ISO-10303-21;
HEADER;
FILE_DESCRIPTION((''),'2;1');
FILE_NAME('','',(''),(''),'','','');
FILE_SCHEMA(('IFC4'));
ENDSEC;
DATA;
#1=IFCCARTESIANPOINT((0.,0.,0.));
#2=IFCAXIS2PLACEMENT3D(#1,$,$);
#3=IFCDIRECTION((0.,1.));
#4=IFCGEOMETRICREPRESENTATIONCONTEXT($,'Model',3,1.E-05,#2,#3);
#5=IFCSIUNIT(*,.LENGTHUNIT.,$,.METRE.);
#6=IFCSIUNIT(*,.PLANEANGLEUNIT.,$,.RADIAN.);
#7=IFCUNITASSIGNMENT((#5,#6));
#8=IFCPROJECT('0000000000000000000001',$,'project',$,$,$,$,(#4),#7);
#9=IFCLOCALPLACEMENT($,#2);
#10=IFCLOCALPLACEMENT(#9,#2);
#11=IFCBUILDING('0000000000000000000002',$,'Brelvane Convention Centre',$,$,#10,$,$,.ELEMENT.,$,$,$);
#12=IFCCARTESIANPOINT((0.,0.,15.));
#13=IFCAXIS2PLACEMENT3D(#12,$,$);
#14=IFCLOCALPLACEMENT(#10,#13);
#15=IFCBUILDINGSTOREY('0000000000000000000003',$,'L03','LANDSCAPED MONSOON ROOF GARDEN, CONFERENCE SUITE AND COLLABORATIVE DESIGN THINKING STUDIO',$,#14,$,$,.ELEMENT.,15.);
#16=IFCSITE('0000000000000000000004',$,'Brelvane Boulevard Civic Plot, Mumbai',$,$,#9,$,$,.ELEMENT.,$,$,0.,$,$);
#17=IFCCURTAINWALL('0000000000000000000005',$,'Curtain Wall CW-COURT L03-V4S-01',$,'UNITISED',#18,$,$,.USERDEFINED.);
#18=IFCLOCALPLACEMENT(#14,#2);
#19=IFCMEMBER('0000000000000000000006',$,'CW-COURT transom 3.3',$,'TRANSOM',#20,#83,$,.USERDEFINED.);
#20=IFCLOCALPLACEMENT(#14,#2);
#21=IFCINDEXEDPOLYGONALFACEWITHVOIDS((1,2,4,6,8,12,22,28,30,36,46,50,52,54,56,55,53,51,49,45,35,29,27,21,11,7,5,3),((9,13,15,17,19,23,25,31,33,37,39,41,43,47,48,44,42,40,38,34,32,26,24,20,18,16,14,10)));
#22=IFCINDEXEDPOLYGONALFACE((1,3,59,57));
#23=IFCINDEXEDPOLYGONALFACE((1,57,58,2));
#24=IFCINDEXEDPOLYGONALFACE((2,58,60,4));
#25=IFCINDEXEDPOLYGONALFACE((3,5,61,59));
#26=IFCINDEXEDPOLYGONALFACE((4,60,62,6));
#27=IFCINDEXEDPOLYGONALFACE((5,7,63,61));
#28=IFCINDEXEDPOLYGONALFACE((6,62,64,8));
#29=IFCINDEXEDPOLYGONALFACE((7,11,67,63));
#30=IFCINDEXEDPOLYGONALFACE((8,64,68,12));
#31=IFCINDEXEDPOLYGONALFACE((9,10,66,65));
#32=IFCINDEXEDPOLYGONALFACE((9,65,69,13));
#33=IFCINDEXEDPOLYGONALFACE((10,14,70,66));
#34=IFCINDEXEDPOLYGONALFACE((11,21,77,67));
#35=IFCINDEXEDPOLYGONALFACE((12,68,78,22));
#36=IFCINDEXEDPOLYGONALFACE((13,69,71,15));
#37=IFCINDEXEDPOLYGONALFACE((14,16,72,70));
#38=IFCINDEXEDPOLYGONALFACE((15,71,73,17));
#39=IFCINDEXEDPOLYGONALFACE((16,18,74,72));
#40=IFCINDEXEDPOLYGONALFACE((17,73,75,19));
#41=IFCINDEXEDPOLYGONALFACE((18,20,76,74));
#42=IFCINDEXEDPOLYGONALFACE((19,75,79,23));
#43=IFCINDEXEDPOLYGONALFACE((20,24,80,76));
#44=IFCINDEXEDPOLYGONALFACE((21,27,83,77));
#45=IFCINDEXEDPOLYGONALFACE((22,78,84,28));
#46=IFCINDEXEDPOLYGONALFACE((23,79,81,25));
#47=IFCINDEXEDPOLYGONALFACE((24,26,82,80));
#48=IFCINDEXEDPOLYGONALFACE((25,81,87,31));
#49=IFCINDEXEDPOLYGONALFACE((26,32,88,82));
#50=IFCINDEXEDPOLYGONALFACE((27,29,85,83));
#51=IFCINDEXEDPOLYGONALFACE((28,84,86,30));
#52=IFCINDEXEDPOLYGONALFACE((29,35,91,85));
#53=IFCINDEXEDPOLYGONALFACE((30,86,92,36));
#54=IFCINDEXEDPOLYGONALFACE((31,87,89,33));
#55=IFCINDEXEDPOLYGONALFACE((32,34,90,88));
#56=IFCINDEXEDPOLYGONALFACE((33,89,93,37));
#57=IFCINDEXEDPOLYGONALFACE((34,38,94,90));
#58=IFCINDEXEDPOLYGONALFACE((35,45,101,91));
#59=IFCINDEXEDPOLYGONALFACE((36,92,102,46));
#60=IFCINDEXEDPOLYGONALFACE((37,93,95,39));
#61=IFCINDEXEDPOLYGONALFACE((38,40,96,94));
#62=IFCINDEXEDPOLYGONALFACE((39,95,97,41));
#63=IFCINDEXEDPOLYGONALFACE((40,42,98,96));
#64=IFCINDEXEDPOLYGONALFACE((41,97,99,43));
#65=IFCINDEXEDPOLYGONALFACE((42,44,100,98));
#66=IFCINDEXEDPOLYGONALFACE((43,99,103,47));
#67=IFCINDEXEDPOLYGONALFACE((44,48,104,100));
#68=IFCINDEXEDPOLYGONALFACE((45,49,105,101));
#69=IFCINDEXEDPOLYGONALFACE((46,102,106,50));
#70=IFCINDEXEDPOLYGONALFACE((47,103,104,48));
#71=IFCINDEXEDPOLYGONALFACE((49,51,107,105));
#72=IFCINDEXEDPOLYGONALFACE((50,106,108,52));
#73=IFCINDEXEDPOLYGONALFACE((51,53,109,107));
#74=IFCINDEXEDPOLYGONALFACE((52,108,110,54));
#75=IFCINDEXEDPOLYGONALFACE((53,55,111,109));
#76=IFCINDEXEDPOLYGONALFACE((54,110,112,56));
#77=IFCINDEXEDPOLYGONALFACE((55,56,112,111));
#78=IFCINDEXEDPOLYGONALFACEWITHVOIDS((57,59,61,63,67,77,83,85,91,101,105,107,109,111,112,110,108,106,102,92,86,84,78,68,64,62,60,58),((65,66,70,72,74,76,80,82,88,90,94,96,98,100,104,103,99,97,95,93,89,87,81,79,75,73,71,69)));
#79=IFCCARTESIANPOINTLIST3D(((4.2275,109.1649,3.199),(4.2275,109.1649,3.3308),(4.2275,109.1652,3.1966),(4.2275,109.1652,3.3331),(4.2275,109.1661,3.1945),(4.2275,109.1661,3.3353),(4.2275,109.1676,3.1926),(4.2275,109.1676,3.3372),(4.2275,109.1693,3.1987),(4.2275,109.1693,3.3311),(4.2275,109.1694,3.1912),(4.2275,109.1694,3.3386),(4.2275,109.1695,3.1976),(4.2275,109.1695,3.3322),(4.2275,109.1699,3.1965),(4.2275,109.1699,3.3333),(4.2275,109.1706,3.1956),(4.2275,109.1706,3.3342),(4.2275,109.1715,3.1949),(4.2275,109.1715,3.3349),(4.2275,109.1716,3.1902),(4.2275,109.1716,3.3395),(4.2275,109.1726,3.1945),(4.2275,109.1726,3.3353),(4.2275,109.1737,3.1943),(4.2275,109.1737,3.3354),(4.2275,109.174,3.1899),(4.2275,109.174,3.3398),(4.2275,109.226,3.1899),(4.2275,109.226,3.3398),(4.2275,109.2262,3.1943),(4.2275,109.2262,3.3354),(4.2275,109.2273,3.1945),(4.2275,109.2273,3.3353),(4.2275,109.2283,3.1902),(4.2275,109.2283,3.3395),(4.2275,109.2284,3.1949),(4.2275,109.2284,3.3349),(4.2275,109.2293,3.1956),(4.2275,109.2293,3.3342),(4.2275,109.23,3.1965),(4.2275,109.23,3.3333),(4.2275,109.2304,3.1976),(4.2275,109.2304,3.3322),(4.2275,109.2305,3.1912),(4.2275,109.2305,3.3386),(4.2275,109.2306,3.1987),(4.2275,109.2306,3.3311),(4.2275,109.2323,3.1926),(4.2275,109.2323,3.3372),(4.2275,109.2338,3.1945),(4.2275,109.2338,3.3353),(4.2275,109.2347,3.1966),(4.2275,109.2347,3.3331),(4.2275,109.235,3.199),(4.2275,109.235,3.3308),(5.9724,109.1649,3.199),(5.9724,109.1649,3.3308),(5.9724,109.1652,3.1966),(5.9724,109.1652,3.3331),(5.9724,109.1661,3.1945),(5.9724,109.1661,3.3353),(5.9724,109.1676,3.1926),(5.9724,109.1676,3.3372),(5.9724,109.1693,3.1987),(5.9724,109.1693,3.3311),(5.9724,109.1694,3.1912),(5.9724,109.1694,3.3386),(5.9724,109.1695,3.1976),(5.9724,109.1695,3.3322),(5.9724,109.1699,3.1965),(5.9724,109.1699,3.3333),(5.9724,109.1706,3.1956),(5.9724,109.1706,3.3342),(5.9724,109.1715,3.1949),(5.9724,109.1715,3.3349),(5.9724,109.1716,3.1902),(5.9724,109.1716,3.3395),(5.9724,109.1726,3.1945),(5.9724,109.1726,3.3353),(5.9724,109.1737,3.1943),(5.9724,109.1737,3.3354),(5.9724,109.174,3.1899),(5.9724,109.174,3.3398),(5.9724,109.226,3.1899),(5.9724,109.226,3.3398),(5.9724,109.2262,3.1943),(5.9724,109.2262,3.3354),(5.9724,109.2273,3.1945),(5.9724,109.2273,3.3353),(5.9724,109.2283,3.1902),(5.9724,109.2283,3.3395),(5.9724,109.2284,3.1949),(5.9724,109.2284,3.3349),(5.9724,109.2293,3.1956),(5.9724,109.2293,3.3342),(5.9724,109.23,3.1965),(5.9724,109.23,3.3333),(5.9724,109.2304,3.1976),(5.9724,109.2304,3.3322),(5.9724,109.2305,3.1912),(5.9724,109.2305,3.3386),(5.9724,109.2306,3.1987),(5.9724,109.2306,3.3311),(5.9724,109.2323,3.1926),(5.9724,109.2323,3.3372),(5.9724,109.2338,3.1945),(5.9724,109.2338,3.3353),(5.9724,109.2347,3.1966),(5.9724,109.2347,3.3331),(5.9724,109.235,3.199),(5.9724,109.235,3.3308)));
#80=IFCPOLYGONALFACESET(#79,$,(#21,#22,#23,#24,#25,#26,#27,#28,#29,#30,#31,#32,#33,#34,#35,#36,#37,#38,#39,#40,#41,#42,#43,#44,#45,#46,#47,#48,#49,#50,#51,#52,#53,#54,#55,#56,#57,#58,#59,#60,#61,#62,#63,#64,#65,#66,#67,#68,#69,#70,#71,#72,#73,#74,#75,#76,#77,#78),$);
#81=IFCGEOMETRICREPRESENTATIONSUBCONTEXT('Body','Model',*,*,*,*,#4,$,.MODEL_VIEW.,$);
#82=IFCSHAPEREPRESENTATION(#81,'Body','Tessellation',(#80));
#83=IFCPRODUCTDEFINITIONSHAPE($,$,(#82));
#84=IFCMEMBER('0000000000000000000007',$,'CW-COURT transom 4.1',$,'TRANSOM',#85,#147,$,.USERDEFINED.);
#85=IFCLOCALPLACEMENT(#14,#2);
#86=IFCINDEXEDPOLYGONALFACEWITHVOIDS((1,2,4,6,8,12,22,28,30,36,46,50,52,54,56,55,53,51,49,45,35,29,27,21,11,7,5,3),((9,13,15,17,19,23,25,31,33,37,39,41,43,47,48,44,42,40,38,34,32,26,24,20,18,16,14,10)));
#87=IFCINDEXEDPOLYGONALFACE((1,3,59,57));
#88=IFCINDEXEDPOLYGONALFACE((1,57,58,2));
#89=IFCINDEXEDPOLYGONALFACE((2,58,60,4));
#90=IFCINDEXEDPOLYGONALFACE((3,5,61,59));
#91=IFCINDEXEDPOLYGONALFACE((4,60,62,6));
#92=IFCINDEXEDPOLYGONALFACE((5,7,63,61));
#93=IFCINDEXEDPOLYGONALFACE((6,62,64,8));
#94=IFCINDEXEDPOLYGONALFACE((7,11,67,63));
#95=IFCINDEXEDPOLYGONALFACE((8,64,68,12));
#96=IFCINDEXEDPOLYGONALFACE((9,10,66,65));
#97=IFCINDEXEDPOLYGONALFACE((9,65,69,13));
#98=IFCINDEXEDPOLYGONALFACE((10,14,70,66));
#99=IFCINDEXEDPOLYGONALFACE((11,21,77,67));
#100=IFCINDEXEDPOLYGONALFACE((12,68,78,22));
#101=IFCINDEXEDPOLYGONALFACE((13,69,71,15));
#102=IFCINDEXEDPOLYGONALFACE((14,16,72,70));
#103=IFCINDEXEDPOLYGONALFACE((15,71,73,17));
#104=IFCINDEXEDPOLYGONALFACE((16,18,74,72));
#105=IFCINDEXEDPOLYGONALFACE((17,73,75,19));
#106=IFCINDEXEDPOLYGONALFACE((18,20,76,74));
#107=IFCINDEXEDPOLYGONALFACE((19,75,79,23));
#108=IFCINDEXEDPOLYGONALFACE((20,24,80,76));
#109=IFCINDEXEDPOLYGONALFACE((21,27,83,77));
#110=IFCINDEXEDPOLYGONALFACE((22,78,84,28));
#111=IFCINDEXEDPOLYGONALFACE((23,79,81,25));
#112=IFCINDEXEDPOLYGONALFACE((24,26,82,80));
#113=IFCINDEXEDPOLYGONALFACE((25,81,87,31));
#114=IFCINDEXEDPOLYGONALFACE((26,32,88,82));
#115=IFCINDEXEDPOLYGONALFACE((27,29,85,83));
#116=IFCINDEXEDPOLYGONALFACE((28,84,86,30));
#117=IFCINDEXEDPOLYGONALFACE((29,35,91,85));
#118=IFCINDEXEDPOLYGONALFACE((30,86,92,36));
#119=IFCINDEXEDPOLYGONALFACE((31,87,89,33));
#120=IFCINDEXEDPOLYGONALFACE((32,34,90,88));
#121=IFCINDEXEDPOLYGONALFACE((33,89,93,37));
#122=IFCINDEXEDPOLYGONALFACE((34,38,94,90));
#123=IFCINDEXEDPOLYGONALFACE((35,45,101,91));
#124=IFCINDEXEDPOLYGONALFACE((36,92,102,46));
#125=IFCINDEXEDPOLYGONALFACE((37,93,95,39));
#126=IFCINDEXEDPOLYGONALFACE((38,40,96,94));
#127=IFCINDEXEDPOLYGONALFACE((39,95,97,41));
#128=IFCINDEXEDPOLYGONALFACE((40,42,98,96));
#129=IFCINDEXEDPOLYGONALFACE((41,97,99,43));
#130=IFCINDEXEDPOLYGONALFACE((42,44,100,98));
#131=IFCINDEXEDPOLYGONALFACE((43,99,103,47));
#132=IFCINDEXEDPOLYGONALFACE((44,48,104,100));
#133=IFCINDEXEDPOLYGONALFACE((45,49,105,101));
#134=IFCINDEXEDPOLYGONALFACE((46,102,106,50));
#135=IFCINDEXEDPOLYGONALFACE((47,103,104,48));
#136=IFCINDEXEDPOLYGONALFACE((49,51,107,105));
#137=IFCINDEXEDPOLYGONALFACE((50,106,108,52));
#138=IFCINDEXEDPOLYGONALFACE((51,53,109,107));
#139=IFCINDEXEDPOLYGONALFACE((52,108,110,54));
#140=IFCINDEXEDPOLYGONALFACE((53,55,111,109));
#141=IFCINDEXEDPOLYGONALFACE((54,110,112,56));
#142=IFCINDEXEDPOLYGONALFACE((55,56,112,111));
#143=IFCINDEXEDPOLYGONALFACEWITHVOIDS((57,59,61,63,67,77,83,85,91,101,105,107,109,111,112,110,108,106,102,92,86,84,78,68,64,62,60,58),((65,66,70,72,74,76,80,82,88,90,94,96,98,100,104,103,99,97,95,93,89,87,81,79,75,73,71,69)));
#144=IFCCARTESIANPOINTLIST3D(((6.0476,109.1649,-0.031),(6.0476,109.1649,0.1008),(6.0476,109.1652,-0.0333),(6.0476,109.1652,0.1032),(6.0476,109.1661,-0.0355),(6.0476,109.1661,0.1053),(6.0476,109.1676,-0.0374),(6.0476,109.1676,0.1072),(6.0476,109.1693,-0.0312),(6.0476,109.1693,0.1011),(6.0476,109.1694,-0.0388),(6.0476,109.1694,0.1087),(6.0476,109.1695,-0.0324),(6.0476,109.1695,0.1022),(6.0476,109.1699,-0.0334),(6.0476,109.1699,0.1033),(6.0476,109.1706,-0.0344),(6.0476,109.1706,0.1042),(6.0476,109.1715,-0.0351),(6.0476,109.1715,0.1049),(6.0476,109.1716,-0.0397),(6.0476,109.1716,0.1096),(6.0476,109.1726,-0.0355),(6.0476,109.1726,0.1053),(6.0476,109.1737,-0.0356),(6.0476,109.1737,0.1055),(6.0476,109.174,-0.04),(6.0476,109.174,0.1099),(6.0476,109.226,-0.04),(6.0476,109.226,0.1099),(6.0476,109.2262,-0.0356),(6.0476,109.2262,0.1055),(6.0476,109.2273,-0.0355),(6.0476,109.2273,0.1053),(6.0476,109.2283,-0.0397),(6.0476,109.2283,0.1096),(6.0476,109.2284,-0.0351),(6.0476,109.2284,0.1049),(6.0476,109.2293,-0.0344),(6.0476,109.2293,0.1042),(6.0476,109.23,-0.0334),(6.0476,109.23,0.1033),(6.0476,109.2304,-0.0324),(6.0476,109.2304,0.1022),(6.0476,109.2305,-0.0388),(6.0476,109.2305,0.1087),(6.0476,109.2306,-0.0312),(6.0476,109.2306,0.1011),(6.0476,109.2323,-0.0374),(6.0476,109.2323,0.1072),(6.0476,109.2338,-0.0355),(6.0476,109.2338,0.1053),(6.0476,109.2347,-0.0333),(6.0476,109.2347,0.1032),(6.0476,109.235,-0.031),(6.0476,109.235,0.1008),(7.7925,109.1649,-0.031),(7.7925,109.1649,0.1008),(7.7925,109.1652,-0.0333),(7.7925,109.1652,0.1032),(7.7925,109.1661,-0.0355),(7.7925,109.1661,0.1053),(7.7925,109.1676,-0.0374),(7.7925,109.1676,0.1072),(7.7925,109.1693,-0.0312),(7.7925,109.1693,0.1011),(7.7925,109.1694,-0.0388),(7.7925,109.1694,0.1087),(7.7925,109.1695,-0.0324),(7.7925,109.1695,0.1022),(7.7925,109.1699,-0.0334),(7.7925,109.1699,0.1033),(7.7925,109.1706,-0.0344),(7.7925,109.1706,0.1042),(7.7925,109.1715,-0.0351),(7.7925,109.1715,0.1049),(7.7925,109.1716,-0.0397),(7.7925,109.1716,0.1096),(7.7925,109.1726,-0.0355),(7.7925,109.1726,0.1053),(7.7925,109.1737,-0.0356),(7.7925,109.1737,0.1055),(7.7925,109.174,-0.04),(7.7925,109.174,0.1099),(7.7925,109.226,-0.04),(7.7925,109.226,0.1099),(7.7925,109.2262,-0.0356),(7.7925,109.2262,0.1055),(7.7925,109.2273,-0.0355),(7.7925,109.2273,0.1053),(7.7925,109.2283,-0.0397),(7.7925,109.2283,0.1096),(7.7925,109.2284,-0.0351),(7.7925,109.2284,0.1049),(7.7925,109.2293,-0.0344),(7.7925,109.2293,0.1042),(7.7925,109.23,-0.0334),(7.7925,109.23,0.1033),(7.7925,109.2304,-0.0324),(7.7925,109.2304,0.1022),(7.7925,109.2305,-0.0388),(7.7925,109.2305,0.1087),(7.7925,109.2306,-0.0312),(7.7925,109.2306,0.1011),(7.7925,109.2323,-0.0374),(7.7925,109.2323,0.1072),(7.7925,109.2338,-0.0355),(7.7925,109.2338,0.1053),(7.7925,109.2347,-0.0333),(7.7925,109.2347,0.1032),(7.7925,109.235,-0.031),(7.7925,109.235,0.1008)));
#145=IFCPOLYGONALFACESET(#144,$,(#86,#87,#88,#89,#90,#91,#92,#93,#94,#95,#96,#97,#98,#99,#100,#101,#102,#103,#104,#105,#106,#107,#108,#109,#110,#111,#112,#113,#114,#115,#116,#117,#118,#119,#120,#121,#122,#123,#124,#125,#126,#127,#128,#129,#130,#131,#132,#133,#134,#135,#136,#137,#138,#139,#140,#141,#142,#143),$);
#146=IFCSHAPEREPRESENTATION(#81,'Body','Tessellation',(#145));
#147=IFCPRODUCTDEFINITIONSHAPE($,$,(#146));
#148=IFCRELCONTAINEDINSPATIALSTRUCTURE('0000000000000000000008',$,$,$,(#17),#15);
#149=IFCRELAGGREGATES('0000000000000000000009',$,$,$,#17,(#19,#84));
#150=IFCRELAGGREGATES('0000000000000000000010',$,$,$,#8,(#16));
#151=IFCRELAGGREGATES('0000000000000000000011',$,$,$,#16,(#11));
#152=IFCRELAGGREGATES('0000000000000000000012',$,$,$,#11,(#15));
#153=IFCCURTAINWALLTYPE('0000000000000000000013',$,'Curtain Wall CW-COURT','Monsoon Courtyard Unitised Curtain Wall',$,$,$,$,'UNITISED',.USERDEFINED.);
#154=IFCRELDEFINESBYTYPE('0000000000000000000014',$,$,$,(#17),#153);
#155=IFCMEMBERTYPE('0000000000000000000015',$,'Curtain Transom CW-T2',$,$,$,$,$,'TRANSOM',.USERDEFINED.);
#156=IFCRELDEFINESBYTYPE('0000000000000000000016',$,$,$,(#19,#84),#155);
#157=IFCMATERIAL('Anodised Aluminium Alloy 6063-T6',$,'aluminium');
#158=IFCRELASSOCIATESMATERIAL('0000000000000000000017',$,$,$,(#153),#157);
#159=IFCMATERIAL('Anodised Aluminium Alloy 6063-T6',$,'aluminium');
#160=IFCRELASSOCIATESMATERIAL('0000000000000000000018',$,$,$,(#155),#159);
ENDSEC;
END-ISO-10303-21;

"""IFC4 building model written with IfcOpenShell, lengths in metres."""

from ifc_helpers import new_model, si_unit, direction, frame, origin, origin_2d, place, context, subcontext, project, spatial, hollow_rectangle, extrude, material, material_profile, profile_set, type_object, element, aggregate, save


model = new_model("IFC4")

# Units and contexts
model_context = context("Model", 3, precision=1e-05, world=origin(), true_north=direction((0.0, 1.0)))
body_context = subcontext(model_context, "Body", "Model", "MODEL_VIEW")
ifc_project = project(units=[si_unit("LENGTHUNIT", "METRE"), si_unit("PLANEANGLEUNIT", "RADIAN")], contexts=[model_context])

# Site, building, storey
site_placement = place(None, origin())
site = spatial("IfcSite", under=ifc_project, at=site_placement, Name="Brelvane Boulevard Civic Plot, Mumbai", CompositionType="ELEMENT", RefElevation=0.0)
building_placement = place(site_placement, origin())
building = spatial("IfcBuilding", under=site, at=building_placement, Name="Brelvane Convention Centre", CompositionType="ELEMENT")
storey_placement = place(building_placement, frame((0.0, 0.0, 15.0)))
storey = spatial("IfcBuildingStorey", under=building, at=storey_placement, Name="L03", Description="LANDSCAPED MONSOON ROOF GARDEN, CONFERENCE SUITE AND COLLABORATIVE DESIGN THINKING STUDIO", CompositionType="ELEMENT", Elevation=15.0)

# Curtain wall, members
ifc_material_1 = material(Name="Anodised Aluminium Alloy 6063-T6", Category="aluminium")
curtain_wall_type = type_object("IfcCurtainWallType", Name="Curtain Wall CW-COURT", Description="Monsoon Courtyard Unitised Curtain Wall", ElementType="UNITISED", PredefinedType="USERDEFINED", material=ifc_material_1)
curtain_wall_placement = place(storey_placement, origin())
curtain_wall = element("IfcCurtainWall", 1, at=curtain_wall_placement, inside=storey, type_object=curtain_wall_type, Name="Curtain Wall CW-COURT L03-V4S-01", ObjectType="UNITISED", PredefinedType="USERDEFINED")
ifc_material_2 = material(Name="Anodised Aluminium Alloy 6063-T6", Category="aluminium")
ifc_material_profile_1 = material_profile(ifc_material_2, hollow_rectangle(XDim=0.0701, YDim=0.1499, WallThickness=0.0044, InnerFilletRadius=0.0044, OuterFilletRadius=0.009, at=origin_2d()), Name="ALU-T 150x70x4.5")
ifc_profile_set_1 = profile_set([ifc_material_profile_1], Name="Anodised Aluminium Alloy 6063-T6")
member_type_1 = type_object("IfcMemberType", Name="Curtain Transom CW-T2", ElementType="TRANSOM", PredefinedType="USERDEFINED", material=ifc_profile_set_1)
member_1_placement = place(storey_placement, frame((4.2275, 109.2, 3.2649), z_axis=(1.0, 0.0, 0.0), x_axis=(0.0, 1.0, 0.0)))
member_1 = element("IfcMember", 2, at=member_1_placement, type_object=member_type_1, Name="CW-COURT transom 3.3", ObjectType="TRANSOM", PredefinedType="USERDEFINED", context=body_context, shape_type="SweptSolid", body=[
    extrude(hollow_rectangle(XDim=0.0701, YDim=0.1499, WallThickness=0.0044, InnerFilletRadius=0.0044, OuterFilletRadius=0.009, at=origin_2d()), origin(), (0.0, 0.0, 1.0), 1.7449),
])
member_2_placement = place(storey_placement, frame((6.0476, 109.2, 0.0349), z_axis=(1.0, 0.0, 0.0), x_axis=(0.0, 1.0, 0.0)))
member_2 = element("IfcMember", 3, at=member_2_placement, type_object=member_type_1, Name="CW-COURT transom 4.1", ObjectType="TRANSOM", PredefinedType="USERDEFINED", context=body_context, shape_type="SweptSolid", body=[
    extrude(hollow_rectangle(XDim=0.0701, YDim=0.1499, WallThickness=0.0044, InnerFilletRadius=0.0044, OuterFilletRadius=0.009, at=origin_2d()), origin(), (0.0, 0.0, 1.0), 1.7449),
])

aggregate(curtain_wall, [member_1, member_2])

save(model, "model.ifc")
